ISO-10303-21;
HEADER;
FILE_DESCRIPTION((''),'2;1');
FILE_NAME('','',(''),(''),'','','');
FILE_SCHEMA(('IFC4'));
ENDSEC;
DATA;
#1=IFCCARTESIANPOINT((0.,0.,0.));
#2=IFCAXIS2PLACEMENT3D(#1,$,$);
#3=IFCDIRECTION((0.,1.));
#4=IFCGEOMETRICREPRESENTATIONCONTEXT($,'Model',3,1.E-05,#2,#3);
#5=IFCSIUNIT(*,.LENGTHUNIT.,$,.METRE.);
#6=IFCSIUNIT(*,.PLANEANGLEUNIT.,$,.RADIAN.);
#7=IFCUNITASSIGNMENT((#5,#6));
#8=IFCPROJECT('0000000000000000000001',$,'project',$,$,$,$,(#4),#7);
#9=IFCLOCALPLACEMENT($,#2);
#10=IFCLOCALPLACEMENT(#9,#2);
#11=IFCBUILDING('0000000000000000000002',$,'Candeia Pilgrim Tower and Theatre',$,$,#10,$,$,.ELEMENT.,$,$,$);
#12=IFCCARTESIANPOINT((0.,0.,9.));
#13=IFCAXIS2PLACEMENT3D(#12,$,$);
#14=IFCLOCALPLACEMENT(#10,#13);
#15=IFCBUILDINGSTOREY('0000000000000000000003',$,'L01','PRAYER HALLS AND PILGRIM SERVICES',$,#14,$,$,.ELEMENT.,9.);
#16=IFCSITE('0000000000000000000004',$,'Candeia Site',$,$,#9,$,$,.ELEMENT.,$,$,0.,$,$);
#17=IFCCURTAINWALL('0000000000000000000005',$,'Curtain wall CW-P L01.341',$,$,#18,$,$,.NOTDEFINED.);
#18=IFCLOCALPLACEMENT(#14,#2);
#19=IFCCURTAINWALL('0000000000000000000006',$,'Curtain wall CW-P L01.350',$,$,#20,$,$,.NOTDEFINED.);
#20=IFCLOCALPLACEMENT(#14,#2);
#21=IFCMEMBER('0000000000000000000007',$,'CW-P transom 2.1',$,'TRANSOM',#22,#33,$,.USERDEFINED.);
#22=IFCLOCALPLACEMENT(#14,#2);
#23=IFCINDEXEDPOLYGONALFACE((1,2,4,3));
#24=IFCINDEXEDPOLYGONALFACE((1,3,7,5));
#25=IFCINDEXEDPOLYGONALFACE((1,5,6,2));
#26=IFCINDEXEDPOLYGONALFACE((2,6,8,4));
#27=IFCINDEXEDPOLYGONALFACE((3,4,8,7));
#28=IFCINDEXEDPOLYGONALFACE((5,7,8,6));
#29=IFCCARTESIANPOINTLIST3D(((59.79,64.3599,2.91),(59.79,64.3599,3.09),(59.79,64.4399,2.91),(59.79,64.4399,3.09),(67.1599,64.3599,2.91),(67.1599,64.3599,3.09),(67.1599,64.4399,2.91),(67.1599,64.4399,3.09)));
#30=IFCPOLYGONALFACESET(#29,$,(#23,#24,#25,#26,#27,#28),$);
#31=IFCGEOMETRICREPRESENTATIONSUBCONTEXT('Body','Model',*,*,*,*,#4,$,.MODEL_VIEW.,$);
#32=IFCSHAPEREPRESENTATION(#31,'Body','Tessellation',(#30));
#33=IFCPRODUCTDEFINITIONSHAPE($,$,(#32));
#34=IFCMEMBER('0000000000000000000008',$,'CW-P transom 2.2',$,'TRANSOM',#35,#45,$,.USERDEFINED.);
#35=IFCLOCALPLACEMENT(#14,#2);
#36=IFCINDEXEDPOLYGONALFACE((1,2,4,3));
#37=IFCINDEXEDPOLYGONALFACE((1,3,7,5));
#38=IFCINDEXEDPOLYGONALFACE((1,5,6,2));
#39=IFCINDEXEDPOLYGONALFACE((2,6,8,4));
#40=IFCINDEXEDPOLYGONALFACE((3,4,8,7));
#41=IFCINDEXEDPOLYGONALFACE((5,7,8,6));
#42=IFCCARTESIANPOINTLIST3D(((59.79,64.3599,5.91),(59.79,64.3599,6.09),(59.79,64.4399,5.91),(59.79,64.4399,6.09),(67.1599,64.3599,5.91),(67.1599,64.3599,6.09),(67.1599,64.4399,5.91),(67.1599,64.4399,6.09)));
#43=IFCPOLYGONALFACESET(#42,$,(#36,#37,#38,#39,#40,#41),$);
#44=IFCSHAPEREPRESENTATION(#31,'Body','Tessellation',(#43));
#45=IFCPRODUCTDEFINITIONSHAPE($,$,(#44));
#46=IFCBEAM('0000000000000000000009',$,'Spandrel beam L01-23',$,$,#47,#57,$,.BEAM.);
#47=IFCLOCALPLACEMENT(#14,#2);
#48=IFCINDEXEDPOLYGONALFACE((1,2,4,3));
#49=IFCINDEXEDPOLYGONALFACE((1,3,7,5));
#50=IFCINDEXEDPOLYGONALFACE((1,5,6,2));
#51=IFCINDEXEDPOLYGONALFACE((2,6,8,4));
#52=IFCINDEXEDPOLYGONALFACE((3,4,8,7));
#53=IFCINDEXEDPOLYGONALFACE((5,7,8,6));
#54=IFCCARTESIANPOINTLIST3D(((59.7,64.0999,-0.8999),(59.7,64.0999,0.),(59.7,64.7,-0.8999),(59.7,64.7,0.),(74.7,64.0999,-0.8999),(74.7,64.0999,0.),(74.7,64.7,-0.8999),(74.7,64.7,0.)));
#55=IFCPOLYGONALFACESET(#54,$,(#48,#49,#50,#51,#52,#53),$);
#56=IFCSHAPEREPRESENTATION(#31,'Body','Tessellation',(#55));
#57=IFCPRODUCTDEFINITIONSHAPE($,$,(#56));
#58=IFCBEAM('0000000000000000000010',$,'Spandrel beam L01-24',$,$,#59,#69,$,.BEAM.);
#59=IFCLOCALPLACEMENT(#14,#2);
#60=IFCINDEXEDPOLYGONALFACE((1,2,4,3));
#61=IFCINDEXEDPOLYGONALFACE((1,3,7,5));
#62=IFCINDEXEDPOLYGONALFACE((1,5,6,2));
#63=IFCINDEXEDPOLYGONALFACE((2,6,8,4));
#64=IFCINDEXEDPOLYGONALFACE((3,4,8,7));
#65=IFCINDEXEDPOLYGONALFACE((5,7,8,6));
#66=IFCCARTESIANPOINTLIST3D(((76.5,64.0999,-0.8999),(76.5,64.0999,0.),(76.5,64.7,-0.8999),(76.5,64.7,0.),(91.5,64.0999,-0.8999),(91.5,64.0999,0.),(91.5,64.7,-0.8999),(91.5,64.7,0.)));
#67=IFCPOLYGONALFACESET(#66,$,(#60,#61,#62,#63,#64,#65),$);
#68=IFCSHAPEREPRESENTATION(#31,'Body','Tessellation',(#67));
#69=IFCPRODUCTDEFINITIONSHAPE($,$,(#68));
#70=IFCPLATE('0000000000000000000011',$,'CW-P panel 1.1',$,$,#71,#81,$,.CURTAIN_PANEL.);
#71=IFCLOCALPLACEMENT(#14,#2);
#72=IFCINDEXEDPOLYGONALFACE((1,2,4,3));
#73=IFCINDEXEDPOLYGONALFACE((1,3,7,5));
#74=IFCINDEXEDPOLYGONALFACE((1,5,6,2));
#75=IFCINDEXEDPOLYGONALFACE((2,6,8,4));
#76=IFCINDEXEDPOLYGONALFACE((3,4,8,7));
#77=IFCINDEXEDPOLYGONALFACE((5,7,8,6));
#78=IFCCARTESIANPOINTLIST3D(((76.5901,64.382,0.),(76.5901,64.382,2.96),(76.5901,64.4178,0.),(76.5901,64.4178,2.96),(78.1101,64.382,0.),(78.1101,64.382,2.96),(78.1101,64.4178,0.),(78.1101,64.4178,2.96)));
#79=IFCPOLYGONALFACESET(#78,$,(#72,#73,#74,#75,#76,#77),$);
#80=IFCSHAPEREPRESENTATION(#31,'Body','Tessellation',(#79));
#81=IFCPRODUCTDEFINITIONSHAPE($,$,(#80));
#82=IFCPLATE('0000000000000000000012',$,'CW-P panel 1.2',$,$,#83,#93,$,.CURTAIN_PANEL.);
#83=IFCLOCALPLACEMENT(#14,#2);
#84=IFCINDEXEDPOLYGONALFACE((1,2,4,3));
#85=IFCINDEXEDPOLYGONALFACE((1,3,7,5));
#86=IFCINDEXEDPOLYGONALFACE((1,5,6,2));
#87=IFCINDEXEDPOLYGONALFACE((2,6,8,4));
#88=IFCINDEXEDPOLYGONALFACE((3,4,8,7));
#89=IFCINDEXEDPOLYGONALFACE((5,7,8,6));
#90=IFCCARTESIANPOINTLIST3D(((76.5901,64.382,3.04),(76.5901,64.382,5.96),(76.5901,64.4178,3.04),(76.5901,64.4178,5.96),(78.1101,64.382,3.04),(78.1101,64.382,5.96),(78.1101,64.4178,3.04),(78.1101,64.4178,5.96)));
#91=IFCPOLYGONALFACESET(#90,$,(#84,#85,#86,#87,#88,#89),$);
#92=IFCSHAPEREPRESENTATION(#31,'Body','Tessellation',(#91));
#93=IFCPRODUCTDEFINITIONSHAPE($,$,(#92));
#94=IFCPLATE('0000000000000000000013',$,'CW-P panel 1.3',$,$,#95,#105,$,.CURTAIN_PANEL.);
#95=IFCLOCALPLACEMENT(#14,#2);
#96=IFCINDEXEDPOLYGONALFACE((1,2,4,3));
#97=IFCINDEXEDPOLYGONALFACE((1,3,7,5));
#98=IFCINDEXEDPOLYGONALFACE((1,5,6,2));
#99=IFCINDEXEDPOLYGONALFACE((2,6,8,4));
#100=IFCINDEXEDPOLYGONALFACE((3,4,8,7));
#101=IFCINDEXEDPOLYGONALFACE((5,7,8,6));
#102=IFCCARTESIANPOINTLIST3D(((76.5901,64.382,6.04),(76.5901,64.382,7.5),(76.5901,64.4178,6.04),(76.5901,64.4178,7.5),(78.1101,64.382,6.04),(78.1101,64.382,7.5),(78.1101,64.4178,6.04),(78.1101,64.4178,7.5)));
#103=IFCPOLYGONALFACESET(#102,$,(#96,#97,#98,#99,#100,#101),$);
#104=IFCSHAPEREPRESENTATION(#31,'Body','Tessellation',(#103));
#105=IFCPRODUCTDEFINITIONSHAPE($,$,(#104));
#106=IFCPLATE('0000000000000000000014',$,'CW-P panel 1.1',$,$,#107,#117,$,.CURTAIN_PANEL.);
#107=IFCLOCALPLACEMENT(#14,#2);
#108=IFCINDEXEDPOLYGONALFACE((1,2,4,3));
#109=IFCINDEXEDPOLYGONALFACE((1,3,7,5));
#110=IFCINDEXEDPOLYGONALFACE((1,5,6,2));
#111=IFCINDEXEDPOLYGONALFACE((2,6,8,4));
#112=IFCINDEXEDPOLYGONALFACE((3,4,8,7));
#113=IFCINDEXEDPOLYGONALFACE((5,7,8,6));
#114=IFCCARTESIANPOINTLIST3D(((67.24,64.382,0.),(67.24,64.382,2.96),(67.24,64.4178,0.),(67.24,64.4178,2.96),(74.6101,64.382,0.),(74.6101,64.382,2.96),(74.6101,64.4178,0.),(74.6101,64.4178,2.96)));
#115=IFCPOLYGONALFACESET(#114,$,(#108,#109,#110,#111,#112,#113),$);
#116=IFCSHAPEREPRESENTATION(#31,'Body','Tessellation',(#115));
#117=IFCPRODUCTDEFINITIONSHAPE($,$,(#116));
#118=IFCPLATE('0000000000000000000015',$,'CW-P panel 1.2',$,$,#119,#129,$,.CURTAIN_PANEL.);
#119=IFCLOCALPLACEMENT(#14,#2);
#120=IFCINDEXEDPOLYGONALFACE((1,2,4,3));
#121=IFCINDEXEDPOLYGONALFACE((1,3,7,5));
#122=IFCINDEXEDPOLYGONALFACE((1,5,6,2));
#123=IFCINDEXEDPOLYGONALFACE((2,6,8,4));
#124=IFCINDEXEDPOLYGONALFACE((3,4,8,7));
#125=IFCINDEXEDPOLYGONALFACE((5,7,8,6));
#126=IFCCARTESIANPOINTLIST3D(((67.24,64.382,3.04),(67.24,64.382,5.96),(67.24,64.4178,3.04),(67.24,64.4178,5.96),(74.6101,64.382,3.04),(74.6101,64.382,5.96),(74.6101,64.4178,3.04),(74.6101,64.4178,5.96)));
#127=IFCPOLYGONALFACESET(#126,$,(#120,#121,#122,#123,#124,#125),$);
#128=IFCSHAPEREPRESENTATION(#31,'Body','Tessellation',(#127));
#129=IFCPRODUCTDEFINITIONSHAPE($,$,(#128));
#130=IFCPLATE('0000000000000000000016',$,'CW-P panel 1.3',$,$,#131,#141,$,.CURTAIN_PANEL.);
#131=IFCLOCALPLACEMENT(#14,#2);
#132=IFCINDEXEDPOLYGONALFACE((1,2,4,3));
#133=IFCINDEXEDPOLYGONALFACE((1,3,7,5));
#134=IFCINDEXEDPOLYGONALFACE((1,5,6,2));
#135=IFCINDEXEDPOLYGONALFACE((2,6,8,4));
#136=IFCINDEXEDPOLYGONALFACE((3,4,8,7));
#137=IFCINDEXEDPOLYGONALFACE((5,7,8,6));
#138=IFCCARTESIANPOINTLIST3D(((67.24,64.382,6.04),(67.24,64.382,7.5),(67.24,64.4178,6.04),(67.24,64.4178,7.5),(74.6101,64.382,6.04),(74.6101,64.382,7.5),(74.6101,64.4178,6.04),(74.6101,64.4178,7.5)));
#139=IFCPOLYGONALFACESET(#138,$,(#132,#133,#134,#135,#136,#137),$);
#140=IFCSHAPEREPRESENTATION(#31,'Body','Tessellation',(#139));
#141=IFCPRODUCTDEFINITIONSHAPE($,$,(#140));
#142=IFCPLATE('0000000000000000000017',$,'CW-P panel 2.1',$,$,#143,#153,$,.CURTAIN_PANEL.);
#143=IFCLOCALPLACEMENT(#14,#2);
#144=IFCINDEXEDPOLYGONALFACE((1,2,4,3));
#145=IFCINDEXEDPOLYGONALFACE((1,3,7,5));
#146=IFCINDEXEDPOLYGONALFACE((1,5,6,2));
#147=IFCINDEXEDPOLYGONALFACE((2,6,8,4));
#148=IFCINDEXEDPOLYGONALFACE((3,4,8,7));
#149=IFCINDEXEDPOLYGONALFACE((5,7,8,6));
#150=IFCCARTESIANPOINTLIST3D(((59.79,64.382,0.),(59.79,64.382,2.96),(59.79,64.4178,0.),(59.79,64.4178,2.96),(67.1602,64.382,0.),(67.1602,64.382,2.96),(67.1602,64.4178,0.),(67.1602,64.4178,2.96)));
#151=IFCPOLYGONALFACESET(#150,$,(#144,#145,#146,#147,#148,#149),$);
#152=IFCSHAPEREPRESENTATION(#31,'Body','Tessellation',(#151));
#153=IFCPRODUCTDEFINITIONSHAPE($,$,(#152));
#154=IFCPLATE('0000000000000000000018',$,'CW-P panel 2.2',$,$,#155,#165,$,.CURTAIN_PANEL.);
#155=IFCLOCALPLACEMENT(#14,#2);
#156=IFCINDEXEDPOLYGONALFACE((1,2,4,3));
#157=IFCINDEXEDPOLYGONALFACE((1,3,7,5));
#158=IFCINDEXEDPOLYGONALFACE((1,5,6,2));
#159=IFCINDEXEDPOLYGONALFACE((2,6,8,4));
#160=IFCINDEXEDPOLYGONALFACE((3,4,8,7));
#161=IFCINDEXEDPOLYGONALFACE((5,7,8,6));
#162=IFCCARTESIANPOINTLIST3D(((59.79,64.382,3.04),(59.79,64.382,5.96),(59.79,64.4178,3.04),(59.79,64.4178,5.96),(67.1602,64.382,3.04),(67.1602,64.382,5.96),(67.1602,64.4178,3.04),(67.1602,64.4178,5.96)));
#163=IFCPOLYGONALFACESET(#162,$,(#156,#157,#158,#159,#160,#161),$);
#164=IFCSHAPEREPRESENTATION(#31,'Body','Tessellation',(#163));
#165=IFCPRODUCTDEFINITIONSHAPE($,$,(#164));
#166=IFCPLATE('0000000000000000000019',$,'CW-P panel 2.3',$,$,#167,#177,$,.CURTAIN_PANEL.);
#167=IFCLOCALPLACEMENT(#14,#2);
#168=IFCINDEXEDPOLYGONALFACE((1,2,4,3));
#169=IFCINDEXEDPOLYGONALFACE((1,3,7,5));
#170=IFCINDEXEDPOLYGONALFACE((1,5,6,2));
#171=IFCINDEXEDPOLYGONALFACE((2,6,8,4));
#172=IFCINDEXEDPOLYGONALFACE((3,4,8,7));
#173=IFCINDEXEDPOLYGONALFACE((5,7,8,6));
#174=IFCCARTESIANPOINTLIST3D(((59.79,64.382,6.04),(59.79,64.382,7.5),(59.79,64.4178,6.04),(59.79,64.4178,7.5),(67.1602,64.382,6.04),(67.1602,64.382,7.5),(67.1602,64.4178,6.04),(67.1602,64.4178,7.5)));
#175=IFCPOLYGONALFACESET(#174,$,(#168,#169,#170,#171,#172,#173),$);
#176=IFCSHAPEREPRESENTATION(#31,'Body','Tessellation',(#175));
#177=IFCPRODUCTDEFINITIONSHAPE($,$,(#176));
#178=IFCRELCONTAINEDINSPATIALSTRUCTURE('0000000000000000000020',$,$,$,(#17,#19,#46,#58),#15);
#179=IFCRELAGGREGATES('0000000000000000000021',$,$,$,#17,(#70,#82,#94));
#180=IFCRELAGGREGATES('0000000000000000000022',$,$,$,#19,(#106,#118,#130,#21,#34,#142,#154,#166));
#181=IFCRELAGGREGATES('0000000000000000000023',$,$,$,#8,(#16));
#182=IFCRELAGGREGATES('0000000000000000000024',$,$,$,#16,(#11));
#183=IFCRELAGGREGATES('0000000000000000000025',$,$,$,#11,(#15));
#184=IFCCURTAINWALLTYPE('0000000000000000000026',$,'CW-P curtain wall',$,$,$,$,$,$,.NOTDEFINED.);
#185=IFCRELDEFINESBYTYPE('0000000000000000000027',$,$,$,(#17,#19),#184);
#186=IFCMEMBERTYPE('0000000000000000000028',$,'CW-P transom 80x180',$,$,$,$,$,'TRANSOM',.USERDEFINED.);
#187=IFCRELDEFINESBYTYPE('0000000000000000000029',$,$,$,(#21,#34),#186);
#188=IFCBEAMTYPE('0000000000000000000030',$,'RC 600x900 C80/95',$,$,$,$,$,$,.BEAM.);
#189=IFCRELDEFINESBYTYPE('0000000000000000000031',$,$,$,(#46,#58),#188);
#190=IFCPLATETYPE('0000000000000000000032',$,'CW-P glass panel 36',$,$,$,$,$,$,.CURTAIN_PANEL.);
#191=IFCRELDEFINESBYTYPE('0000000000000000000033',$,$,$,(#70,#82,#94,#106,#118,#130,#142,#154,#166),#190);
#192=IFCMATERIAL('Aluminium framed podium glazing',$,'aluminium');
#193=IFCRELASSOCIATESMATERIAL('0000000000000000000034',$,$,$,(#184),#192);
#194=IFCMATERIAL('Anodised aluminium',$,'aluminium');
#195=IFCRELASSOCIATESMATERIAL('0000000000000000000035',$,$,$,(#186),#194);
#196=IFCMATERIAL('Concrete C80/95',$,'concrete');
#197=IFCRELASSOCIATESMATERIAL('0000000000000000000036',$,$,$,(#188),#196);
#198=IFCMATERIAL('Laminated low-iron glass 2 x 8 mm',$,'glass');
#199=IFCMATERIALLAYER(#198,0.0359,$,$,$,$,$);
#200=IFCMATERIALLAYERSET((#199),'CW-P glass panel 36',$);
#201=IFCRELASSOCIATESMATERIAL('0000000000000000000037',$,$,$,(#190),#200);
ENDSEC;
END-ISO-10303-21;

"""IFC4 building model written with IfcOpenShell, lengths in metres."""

from ifc_helpers import new_model, si_unit, direction, frame, origin, origin_2d, place, context, subcontext, project, spatial, rectangle, extrude, material, layer, layer_set, material_profile, profile_set, type_object, element, aggregate, save


model = new_model("IFC4")

# Units and contexts
model_context = context("Model", 3, precision=1e-05, world=origin(), true_north=direction((0.0, 1.0)))
body_context = subcontext(model_context, "Body", "Model", "MODEL_VIEW")
ifc_project = project(units=[si_unit("LENGTHUNIT", "METRE"), si_unit("PLANEANGLEUNIT", "RADIAN")], contexts=[model_context])

# Site, building, storey
site_placement = place(None, origin())
site = spatial("IfcSite", under=ifc_project, at=site_placement, Name="Candeia Site", CompositionType="ELEMENT", RefElevation=0.0)
building_placement = place(site_placement, origin())
building = spatial("IfcBuilding", under=site, at=building_placement, Name="Candeia Pilgrim Tower and Theatre", CompositionType="ELEMENT")
storey_placement = place(building_placement, frame((0.0, 0.0, 9.0)))
storey = spatial("IfcBuildingStorey", under=building, at=storey_placement, Name="L01", Description="PRAYER HALLS AND PILGRIM SERVICES", CompositionType="ELEMENT", Elevation=9.0)

# Shared definitions
ifc_material_1 = material(Name="Concrete C80/95", Category="concrete")

# Shared definitions
ifc_material_2 = material(Name="Aluminium framed podium glazing", Category="aluminium")
curtain_wall_type = type_object("IfcCurtainWallType", Name="CW-P curtain wall", PredefinedType="NOTDEFINED", material=ifc_material_2)
ifc_material_3 = material(Name="Anodised aluminium", Category="aluminium")

# Curtain walls
curtain_wall_1_placement = place(storey_placement, origin())
curtain_wall_1 = element("IfcCurtainWall", 1, at=curtain_wall_1_placement, inside=storey, type_object=curtain_wall_type, Name="Curtain wall CW-P L01.341", PredefinedType="NOTDEFINED")
curtain_wall_2_placement = place(storey_placement, origin())
curtain_wall_2 = element("IfcCurtainWall", 2, at=curtain_wall_2_placement, inside=storey, type_object=curtain_wall_type, Name="Curtain wall CW-P L01.350", PredefinedType="NOTDEFINED")

# Members
ifc_material_profile_1 = material_profile(ifc_material_3, rectangle(XDim=0.0801, YDim=0.1799, at=origin_2d()))
ifc_profile_set_1 = profile_set([ifc_material_profile_1], Name="Anodised aluminium")
member_type_1 = type_object("IfcMemberType", Name="CW-P transom 80x180", ElementType="TRANSOM", PredefinedType="USERDEFINED", material=ifc_profile_set_1)
member_1_placement = place(storey_placement, frame((67.1599, 64.3999, 3.0), z_axis=(-1.0, 0.0, 0.0), x_axis=(0.0, -1.0, 0.0)))
member_1 = element("IfcMember", 3, at=member_1_placement, type_object=member_type_1, Name="CW-P transom 2.1", ObjectType="TRANSOM", PredefinedType="USERDEFINED", context=body_context, shape_type="SweptSolid", body=[
    extrude(rectangle(XDim=0.0801, YDim=0.1799, at=origin_2d()), origin(), (0.0, 0.0, 1.0), 7.3699),
])
member_2_placement = place(storey_placement, frame((67.1599, 64.3999, 6.0), z_axis=(-1.0, 0.0, 0.0), x_axis=(0.0, -1.0, 0.0)))
member_2 = element("IfcMember", 4, at=member_2_placement, type_object=member_type_1, Name="CW-P transom 2.2", ObjectType="TRANSOM", PredefinedType="USERDEFINED", context=body_context, shape_type="SweptSolid", body=[
    extrude(rectangle(XDim=0.0801, YDim=0.1799, at=origin_2d()), origin(), (0.0, 0.0, 1.0), 7.3699),
])

# Beams
ifc_material_profile_2 = material_profile(ifc_material_1, rectangle(XDim=0.6001, YDim=0.8999, at=origin_2d()))
ifc_profile_set_2 = profile_set([ifc_material_profile_2], Name="Concrete C80/95")
beam_type = type_object("IfcBeamType", Name="RC 600x900 C80/95", PredefinedType="BEAM", material=ifc_profile_set_2)
for number, where, z_axis, x_axis, name in (
    (5, (59.7, 64.3999, -0.45), (1.0, 0.0, 0.0), (0.0, 1.0, 0.0), "Spandrel beam L01-23"),
    (6, (76.5, 64.3999, -0.45), (1.0, 0.0, 0.0), (0.0, 1.0, 0.0), "Spandrel beam L01-24"),
):
    element("IfcBeam", number, at=place(storey_placement, frame(where, z_axis=z_axis, x_axis=x_axis)), inside=storey, type_object=beam_type, Name=name, PredefinedType="BEAM", context=body_context, shape_type="SweptSolid", body=[
        extrude(rectangle(XDim=0.6001, YDim=0.8999, at=origin_2d()), origin(), (0.0, 0.0, 1.0), 15.0),
    ])

# Plates
ifc_material_4 = material(Name="Laminated low-iron glass 2 x 8 mm", Category="glass")
ifc_layer_1 = layer(ifc_material_4, 0.0359)
ifc_layer_set_1 = layer_set([ifc_layer_1], Name="CW-P glass panel 36")
plate_type = type_object("IfcPlateType", Name="CW-P glass panel 36", PredefinedType="CURTAIN_PANEL", material=ifc_layer_set_1)
plate_1_placement = place(storey_placement, frame((77.3501, 64.3999, 0.0), z_axis=(0.0, 0.0, 1.0), x_axis=(-1.0, 0.0, 0.0)))
plate_1 = element("IfcPlate", 7, at=plate_1_placement, type_object=plate_type, Name="CW-P panel 1.1", PredefinedType="CURTAIN_PANEL", context=body_context, shape_type="SweptSolid", body=[
    extrude(rectangle(XDim=1.52, YDim=0.0359, at=origin_2d()), origin(), (0.0, 0.0, 1.0), 2.96),
])
plate_2_placement = place(storey_placement, frame((77.3501, 64.3999, 3.04), z_axis=(0.0, 0.0, 1.0), x_axis=(-1.0, 0.0, 0.0)))
plate_2 = element("IfcPlate", 8, at=plate_2_placement, type_object=plate_type, Name="CW-P panel 1.2", PredefinedType="CURTAIN_PANEL", context=body_context, shape_type="SweptSolid", body=[
    extrude(rectangle(XDim=1.52, YDim=0.0359, at=origin_2d()), origin(), (0.0, 0.0, 1.0), 2.9199),
])
plate_3_placement = place(storey_placement, frame((77.3501, 64.3999, 6.04), z_axis=(0.0, 0.0, 1.0), x_axis=(-1.0, 0.0, 0.0)))
plate_3 = element("IfcPlate", 9, at=plate_3_placement, type_object=plate_type, Name="CW-P panel 1.3", PredefinedType="CURTAIN_PANEL", context=body_context, shape_type="SweptSolid", body=[
    extrude(rectangle(XDim=1.52, YDim=0.0359, at=origin_2d()), origin(), (0.0, 0.0, 1.0), 1.46),
])
aggregate(curtain_wall_1, [plate_1, plate_2, plate_3])
plate_4_placement = place(storey_placement, frame((70.925, 64.3999, 0.0), z_axis=(0.0, 0.0, 1.0), x_axis=(-1.0, 0.0, 0.0)))
plate_4 = element("IfcPlate", 10, at=plate_4_placement, type_object=plate_type, Name="CW-P panel 1.1", PredefinedType="CURTAIN_PANEL", context=body_context, shape_type="SweptSolid", body=[
    extrude(rectangle(XDim=7.3701, YDim=0.0359, at=origin_2d()), origin(), (0.0, 0.0, 1.0), 2.96),
])
plate_5_placement = place(storey_placement, frame((70.925, 64.3999, 3.04), z_axis=(0.0, 0.0, 1.0), x_axis=(-1.0, 0.0, 0.0)))
plate_5 = element("IfcPlate", 11, at=plate_5_placement, type_object=plate_type, Name="CW-P panel 1.2", PredefinedType="CURTAIN_PANEL", context=body_context, shape_type="SweptSolid", body=[
    extrude(rectangle(XDim=7.3701, YDim=0.0359, at=origin_2d()), origin(), (0.0, 0.0, 1.0), 2.9199),
])
plate_6_placement = place(storey_placement, frame((70.925, 64.3999, 6.04), z_axis=(0.0, 0.0, 1.0), x_axis=(-1.0, 0.0, 0.0)))
plate_6 = element("IfcPlate", 12, at=plate_6_placement, type_object=plate_type, Name="CW-P panel 1.3", PredefinedType="CURTAIN_PANEL", context=body_context, shape_type="SweptSolid", body=[
    extrude(rectangle(XDim=7.3701, YDim=0.0359, at=origin_2d()), origin(), (0.0, 0.0, 1.0), 1.46),
])
plate_7_placement = place(storey_placement, frame((63.4751, 64.3999, 0.0), z_axis=(0.0, 0.0, 1.0), x_axis=(-1.0, 0.0, 0.0)))
plate_7 = element("IfcPlate", 13, at=plate_7_placement, type_object=plate_type, Name="CW-P panel 2.1", PredefinedType="CURTAIN_PANEL", context=body_context, shape_type="SweptSolid", body=[
    extrude(rectangle(XDim=7.3701, YDim=0.0359, at=origin_2d()), origin(), (0.0, 0.0, 1.0), 2.96),
])
plate_8_placement = place(storey_placement, frame((63.4751, 64.3999, 3.04), z_axis=(0.0, 0.0, 1.0), x_axis=(-1.0, 0.0, 0.0)))
plate_8 = element("IfcPlate", 14, at=plate_8_placement, type_object=plate_type, Name="CW-P panel 2.2", PredefinedType="CURTAIN_PANEL", context=body_context, shape_type="SweptSolid", body=[
    extrude(rectangle(XDim=7.3701, YDim=0.0359, at=origin_2d()), origin(), (0.0, 0.0, 1.0), 2.9199),
])
plate_9_placement = place(storey_placement, frame((63.4751, 64.3999, 6.04), z_axis=(0.0, 0.0, 1.0), x_axis=(-1.0, 0.0, 0.0)))
plate_9 = element("IfcPlate", 15, at=plate_9_placement, type_object=plate_type, Name="CW-P panel 2.3", PredefinedType="CURTAIN_PANEL", context=body_context, shape_type="SweptSolid", body=[
    extrude(rectangle(XDim=7.3701, YDim=0.0359, at=origin_2d()), origin(), (0.0, 0.0, 1.0), 1.46),
])
aggregate(curtain_wall_2, [plate_4, plate_5, plate_6, member_1, member_2, plate_7, plate_8, plate_9])

save(model, "model.ifc")
